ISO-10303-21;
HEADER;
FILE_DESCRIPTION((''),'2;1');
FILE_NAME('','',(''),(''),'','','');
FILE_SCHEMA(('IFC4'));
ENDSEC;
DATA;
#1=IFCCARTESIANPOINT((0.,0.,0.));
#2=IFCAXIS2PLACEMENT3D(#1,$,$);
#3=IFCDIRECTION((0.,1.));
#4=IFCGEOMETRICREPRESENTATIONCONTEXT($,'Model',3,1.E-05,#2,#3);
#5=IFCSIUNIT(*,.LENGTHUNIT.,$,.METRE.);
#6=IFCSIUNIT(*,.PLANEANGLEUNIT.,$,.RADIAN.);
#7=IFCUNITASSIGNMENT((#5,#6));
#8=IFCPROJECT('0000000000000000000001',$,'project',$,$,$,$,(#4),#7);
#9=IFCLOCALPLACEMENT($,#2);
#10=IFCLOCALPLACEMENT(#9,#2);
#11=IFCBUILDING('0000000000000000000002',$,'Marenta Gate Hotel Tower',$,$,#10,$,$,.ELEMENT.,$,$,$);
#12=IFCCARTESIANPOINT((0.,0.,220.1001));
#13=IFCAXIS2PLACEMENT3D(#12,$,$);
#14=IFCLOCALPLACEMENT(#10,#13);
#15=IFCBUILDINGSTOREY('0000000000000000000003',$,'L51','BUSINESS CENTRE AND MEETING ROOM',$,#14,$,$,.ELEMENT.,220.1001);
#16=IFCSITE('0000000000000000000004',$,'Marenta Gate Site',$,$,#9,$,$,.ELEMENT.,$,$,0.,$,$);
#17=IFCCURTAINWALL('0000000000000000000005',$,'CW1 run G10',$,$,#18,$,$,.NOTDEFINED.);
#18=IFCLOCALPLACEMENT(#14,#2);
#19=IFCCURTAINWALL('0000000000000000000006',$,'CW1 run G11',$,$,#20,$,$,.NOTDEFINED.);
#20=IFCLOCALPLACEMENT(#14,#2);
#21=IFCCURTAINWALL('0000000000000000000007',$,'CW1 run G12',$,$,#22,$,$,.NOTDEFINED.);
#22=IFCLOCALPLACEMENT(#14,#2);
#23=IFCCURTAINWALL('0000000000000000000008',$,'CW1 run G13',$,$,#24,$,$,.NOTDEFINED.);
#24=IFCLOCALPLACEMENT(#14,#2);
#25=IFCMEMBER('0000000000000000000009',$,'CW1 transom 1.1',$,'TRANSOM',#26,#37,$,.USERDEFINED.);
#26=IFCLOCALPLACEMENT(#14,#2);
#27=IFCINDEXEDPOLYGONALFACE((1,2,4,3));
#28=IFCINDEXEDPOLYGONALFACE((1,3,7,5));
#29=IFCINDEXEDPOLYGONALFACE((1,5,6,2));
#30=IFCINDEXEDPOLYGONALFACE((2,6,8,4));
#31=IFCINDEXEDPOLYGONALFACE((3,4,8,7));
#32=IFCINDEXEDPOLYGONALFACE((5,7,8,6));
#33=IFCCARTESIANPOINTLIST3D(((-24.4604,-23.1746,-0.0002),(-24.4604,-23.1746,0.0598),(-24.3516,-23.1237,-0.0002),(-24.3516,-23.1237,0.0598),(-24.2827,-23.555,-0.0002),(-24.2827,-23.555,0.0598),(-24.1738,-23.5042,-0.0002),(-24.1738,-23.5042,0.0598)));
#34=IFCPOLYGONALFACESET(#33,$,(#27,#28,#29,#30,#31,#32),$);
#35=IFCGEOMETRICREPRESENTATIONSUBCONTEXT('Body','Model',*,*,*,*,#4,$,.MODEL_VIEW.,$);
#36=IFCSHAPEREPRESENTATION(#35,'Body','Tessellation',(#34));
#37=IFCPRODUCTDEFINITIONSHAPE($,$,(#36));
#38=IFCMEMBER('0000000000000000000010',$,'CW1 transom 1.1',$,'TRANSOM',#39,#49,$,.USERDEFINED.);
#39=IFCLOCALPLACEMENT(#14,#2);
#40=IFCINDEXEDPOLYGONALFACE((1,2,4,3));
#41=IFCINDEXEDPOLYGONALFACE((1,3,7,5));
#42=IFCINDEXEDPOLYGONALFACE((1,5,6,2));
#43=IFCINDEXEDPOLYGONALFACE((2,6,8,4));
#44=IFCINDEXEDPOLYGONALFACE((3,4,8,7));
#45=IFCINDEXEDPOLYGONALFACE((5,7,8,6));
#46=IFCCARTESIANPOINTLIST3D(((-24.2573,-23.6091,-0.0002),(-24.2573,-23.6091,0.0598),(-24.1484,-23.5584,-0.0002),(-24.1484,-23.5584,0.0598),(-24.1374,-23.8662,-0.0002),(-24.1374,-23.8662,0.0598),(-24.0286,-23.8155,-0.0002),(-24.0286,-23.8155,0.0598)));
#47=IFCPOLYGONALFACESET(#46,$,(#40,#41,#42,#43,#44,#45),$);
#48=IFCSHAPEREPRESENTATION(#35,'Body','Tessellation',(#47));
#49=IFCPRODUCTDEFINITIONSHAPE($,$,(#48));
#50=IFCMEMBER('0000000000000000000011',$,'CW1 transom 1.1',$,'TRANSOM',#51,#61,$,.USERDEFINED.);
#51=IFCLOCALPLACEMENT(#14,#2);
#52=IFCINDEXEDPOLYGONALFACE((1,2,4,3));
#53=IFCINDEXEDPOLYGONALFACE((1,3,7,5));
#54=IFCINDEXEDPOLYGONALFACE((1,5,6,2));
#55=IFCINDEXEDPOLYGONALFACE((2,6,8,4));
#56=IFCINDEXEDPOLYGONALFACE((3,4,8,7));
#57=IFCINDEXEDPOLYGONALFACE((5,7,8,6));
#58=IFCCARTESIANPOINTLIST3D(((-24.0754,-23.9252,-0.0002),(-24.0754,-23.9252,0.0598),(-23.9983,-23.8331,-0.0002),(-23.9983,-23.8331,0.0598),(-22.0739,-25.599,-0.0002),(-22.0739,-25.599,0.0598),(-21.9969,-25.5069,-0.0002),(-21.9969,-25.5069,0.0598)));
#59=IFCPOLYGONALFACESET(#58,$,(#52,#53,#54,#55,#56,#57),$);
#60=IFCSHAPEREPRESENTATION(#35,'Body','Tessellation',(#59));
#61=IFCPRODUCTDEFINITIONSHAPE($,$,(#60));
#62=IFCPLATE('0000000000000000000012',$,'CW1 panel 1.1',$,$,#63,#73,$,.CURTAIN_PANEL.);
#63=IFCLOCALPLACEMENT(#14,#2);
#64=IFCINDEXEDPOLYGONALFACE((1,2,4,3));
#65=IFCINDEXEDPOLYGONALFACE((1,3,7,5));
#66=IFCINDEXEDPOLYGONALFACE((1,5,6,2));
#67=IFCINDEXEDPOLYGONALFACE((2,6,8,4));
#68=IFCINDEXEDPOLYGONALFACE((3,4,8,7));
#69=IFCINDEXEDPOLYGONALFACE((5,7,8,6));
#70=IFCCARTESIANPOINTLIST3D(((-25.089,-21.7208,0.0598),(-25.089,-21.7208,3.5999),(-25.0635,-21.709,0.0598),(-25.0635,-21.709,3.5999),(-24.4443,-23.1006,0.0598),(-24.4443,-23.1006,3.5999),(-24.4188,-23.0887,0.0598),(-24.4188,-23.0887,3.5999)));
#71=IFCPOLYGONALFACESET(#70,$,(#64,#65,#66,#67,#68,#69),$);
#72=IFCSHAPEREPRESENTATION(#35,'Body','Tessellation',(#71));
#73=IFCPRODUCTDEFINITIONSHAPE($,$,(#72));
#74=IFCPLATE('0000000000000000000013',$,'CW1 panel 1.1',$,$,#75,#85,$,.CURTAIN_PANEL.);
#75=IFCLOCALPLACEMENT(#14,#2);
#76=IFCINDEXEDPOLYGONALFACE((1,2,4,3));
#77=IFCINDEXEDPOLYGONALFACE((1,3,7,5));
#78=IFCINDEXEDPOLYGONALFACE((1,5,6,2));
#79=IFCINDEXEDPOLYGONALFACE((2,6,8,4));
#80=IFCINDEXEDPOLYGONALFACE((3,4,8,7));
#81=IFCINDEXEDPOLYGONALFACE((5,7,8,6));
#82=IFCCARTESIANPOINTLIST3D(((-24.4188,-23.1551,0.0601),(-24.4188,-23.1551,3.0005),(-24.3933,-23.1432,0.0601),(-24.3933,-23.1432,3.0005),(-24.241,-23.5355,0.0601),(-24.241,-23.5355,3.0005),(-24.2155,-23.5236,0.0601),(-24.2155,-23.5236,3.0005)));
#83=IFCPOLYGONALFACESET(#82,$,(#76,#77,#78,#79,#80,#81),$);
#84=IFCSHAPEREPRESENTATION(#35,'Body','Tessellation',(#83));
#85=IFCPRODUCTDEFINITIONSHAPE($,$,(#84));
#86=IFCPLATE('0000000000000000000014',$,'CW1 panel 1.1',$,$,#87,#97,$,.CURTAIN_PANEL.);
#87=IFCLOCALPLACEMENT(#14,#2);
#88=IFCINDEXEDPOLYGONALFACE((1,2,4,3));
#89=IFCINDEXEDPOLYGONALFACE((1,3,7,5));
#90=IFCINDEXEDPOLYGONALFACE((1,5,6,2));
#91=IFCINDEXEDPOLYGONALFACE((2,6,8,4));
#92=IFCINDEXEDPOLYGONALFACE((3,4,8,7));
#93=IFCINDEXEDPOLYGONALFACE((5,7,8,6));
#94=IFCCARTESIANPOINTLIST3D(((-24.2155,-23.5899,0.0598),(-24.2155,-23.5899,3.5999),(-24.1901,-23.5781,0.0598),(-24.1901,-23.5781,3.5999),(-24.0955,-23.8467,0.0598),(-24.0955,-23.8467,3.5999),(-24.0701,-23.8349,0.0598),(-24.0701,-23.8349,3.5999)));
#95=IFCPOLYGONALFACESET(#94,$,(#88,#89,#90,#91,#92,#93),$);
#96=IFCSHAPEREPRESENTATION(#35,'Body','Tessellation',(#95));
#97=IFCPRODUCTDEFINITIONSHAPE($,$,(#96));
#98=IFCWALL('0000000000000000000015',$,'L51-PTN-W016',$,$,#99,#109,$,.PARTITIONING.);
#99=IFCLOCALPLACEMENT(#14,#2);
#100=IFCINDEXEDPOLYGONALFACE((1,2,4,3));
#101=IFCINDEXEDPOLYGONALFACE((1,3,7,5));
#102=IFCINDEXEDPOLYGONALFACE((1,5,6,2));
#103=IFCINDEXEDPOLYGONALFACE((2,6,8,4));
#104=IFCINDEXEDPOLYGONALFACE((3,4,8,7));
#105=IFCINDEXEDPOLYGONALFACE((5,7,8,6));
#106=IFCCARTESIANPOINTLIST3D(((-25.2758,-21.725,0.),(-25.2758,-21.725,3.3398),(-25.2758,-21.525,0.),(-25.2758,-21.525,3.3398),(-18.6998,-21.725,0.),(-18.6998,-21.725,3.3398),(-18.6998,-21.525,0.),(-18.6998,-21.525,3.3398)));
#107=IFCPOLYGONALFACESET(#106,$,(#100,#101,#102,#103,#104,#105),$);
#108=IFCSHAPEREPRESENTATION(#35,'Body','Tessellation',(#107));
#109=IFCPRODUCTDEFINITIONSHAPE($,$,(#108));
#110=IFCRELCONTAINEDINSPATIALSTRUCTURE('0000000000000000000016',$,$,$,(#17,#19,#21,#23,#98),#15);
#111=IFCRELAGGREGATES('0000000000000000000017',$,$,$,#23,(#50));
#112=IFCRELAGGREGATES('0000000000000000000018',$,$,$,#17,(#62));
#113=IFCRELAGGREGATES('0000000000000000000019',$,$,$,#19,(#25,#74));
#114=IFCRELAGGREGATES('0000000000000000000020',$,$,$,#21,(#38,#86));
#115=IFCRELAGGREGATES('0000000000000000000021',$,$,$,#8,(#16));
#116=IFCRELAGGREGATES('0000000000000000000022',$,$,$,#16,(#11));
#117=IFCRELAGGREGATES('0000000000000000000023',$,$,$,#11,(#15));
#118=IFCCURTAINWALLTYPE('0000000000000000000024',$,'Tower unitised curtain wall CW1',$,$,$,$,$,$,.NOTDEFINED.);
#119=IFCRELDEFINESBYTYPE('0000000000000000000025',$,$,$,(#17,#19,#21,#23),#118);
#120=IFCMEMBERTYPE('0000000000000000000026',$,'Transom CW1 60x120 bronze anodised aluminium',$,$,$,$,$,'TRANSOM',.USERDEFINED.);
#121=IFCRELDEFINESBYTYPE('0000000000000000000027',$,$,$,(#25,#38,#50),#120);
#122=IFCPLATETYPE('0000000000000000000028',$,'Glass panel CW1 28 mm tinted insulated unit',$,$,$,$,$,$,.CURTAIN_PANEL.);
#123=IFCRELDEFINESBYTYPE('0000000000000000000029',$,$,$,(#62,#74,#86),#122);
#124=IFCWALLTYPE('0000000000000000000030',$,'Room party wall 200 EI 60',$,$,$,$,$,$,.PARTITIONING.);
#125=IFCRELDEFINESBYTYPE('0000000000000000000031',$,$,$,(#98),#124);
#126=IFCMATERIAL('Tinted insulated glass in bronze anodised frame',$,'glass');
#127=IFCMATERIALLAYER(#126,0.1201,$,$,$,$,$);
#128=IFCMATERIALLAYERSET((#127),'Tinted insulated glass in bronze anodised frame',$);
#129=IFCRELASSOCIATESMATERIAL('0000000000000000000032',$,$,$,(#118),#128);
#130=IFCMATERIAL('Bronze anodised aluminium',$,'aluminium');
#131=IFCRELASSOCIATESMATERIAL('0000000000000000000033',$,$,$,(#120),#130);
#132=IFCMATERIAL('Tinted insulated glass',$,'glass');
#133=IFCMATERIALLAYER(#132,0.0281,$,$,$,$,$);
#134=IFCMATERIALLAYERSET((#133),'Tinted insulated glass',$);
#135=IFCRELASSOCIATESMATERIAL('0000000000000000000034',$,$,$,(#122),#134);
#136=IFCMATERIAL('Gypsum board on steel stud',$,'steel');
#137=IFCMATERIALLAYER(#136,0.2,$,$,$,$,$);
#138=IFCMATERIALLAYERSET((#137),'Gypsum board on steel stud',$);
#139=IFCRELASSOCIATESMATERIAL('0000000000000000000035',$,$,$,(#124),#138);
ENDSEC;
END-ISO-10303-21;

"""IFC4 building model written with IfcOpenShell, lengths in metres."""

from ifc_helpers import new_model, si_unit, direction, frame, frame_2d, origin, origin_2d, place, context, subcontext, project, spatial, rectangle, extrude, material, layer, layer_set, material_profile, profile_set, type_object, element, aggregate, save


model = new_model("IFC4")

# Units and contexts
model_context = context("Model", 3, precision=1e-05, world=origin(), true_north=direction((0.0, 1.0)))
body_context = subcontext(model_context, "Body", "Model", "MODEL_VIEW")
ifc_project = project(units=[si_unit("LENGTHUNIT", "METRE"), si_unit("PLANEANGLEUNIT", "RADIAN")], contexts=[model_context])

# Site, building, storey
site_placement = place(None, origin())
site = spatial("IfcSite", under=ifc_project, at=site_placement, Name="Marenta Gate Site", CompositionType="ELEMENT", RefElevation=0.0)
building_placement = place(site_placement, origin())
building = spatial("IfcBuilding", under=site, at=building_placement, Name="Marenta Gate Hotel Tower", CompositionType="ELEMENT")
storey_placement = place(building_placement, frame((0.0, 0.0, 220.1001)))
storey = spatial("IfcBuildingStorey", under=building, at=storey_placement, Name="L51", Description="BUSINESS CENTRE AND MEETING ROOM", CompositionType="ELEMENT", Elevation=220.1001)

# Curtain walls
ifc_material_1 = material(Name="Tinted insulated glass in bronze anodised frame", Category="glass")
ifc_layer_1 = layer(ifc_material_1, 0.1201)
ifc_layer_set_1 = layer_set([ifc_layer_1], Name="Tinted insulated glass in bronze anodised frame")
curtain_wall_type = type_object("IfcCurtainWallType", Name="Tower unitised curtain wall CW1", PredefinedType="NOTDEFINED", material=ifc_layer_set_1)
curtain_wall_1_placement = place(storey_placement, origin())
curtain_wall_1 = element("IfcCurtainWall", 1, at=curtain_wall_1_placement, inside=storey, type_object=curtain_wall_type, Name="CW1 run G10", PredefinedType="NOTDEFINED")
curtain_wall_2_placement = place(storey_placement, origin())
curtain_wall_2 = element("IfcCurtainWall", 2, at=curtain_wall_2_placement, inside=storey, type_object=curtain_wall_type, Name="CW1 run G11", PredefinedType="NOTDEFINED")
curtain_wall_3_placement = place(storey_placement, origin())
curtain_wall_3 = element("IfcCurtainWall", 3, at=curtain_wall_3_placement, inside=storey, type_object=curtain_wall_type, Name="CW1 run G12", PredefinedType="NOTDEFINED")
curtain_wall_4_placement = place(storey_placement, origin())
curtain_wall_4 = element("IfcCurtainWall", 4, at=curtain_wall_4_placement, inside=storey, type_object=curtain_wall_type, Name="CW1 run G13", PredefinedType="NOTDEFINED")

# Members
ifc_material_2 = material(Name="Bronze anodised aluminium", Category="aluminium")
ifc_material_profile_1 = material_profile(ifc_material_2, rectangle(XDim=0.1201, YDim=0.0601, at=origin_2d()), Name="Transom CW1 60x120 bronze anodised aluminium")
ifc_profile_set_1 = profile_set([ifc_material_profile_1], Name="Bronze anodised aluminium")
member_type_1 = type_object("IfcMemberType", Name="Transom CW1 60x120 bronze anodised aluminium", ElementType="TRANSOM", PredefinedType="USERDEFINED", material=ifc_profile_set_1)
member_1_placement = place(storey_placement, frame((-24.406, -23.1492, 0.0298), z_axis=(0.423331, -0.905975, 0.0), x_axis=(0.905975, 0.423331, 0.0)))
member_1 = element("IfcMember", 5, at=member_1_placement, type_object=member_type_1, Name="CW1 transom 1.1", ObjectType="TRANSOM", PredefinedType="USERDEFINED", context=body_context, shape_type="SweptSolid", body=[
    extrude(rectangle(XDim=0.1201, YDim=0.0601, at=origin_2d()), origin(), (0.0, 0.0, 1.0), 0.4199),
])
member_2_placement = place(storey_placement, frame((-24.2029, -23.5837, 0.0298), z_axis=(0.422603, -0.906315, 0.0), x_axis=(0.906315, 0.422603, 0.0)))
member_2 = element("IfcMember", 6, at=member_2_placement, type_object=member_type_1, Name="CW1 transom 1.1", ObjectType="TRANSOM", PredefinedType="USERDEFINED", context=body_context, shape_type="SweptSolid", body=[
    extrude(rectangle(XDim=0.1201, YDim=0.0601, at=origin_2d()), origin(), (0.0, 0.0, 1.0), 0.2837),
])
member_3_placement = place(storey_placement, frame((-24.0369, -23.8792, 0.0298), z_axis=(0.7671, -0.641527, 0.0), x_axis=(0.641527, 0.7671, 0.0)))
member_3 = element("IfcMember", 7, at=member_3_placement, type_object=member_type_1, Name="CW1 transom 1.1", ObjectType="TRANSOM", PredefinedType="USERDEFINED", context=body_context, shape_type="SweptSolid", body=[
    extrude(rectangle(XDim=0.1201, YDim=0.0601, at=origin_2d()), origin(), (0.0, 0.0, 1.0), 2.6091),
])
aggregate(curtain_wall_4, [member_3])

# Plates
ifc_material_3 = material(Name="Tinted insulated glass", Category="glass")
ifc_layer_2 = layer(ifc_material_3, 0.0281)
ifc_layer_set_2 = layer_set([ifc_layer_2], Name="Tinted insulated glass")
plate_type = type_object("IfcPlateType", Name="Glass panel CW1 28 mm tinted insulated unit", PredefinedType="CURTAIN_PANEL", material=ifc_layer_set_2)
plate_1_placement = place(storey_placement, frame((-24.7539, -22.4048, 0.0598), z_axis=(0.0, 0.0, 1.0), x_axis=(0.423328, -0.905976, 0.0)))
plate_1 = element("IfcPlate", 8, at=plate_1_placement, type_object=plate_type, Name="CW1 panel 1.1", PredefinedType="CURTAIN_PANEL", context=body_context, shape_type="SweptSolid", body=[
    extrude(rectangle(XDim=1.5229, YDim=0.0281, at=origin_2d()), origin(), (0.0, 0.0, 1.0), 3.54),
])
aggregate(curtain_wall_1, [plate_1])
plate_2_placement = place(storey_placement, frame((-24.3171, -23.3394, 0.0601), z_axis=(0.0, 0.0, 1.0), x_axis=(0.423387, -0.905949, 0.0)))
plate_2 = element("IfcPlate", 9, at=plate_2_placement, type_object=plate_type, Name="CW1 panel 1.1", PredefinedType="CURTAIN_PANEL", context=body_context, shape_type="SweptSolid", body=[
    extrude(rectangle(XDim=0.4199, YDim=0.0281, at=origin_2d()), origin(), (0.0, 0.0, 1.0), 2.9404),
])
aggregate(curtain_wall_2, [member_1, plate_2])
plate_3_placement = place(storey_placement, frame((-24.1428, -23.7124, 0.0598), z_axis=(0.0, 0.0, 1.0), x_axis=(0.4233, -0.90599, 0.0)))
plate_3 = element("IfcPlate", 10, at=plate_3_placement, type_object=plate_type, Name="CW1 panel 1.1", PredefinedType="CURTAIN_PANEL", context=body_context, shape_type="SweptSolid", body=[
    extrude(rectangle(XDim=0.2834, YDim=0.0281, at=origin_2d()), origin(), (0.0, 0.0, 1.0), 3.54),
])
aggregate(curtain_wall_3, [member_2, plate_3])

# Wall
ifc_material_4 = material(Name="Gypsum board on steel stud", Category="steel")
ifc_layer_3 = layer(ifc_material_4, 0.2)
ifc_layer_set_3 = layer_set([ifc_layer_3], Name="Gypsum board on steel stud")
wall_type = type_object("IfcWallType", Name="Room party wall 200 EI 60", PredefinedType="PARTITIONING", material=ifc_layer_set_3)
wall_placement = place(storey_placement, frame((-25.2759, -21.625, 0.0), z_axis=(0.0, 0.0, 1.0), x_axis=(1.0, 0.0, 0.0)))
element("IfcWall", 11, at=wall_placement, inside=storey, type_object=wall_type, Name="L51-PTN-W016", PredefinedType="PARTITIONING", context=body_context, shape_type="SweptSolid", body=[
    extrude(rectangle(XDim=6.5759, YDim=0.2, at=frame_2d((3.2881, 0.0))), origin(), (0.0, 0.0, 1.0), 3.3398),
])

save(model, "model.ifc")
